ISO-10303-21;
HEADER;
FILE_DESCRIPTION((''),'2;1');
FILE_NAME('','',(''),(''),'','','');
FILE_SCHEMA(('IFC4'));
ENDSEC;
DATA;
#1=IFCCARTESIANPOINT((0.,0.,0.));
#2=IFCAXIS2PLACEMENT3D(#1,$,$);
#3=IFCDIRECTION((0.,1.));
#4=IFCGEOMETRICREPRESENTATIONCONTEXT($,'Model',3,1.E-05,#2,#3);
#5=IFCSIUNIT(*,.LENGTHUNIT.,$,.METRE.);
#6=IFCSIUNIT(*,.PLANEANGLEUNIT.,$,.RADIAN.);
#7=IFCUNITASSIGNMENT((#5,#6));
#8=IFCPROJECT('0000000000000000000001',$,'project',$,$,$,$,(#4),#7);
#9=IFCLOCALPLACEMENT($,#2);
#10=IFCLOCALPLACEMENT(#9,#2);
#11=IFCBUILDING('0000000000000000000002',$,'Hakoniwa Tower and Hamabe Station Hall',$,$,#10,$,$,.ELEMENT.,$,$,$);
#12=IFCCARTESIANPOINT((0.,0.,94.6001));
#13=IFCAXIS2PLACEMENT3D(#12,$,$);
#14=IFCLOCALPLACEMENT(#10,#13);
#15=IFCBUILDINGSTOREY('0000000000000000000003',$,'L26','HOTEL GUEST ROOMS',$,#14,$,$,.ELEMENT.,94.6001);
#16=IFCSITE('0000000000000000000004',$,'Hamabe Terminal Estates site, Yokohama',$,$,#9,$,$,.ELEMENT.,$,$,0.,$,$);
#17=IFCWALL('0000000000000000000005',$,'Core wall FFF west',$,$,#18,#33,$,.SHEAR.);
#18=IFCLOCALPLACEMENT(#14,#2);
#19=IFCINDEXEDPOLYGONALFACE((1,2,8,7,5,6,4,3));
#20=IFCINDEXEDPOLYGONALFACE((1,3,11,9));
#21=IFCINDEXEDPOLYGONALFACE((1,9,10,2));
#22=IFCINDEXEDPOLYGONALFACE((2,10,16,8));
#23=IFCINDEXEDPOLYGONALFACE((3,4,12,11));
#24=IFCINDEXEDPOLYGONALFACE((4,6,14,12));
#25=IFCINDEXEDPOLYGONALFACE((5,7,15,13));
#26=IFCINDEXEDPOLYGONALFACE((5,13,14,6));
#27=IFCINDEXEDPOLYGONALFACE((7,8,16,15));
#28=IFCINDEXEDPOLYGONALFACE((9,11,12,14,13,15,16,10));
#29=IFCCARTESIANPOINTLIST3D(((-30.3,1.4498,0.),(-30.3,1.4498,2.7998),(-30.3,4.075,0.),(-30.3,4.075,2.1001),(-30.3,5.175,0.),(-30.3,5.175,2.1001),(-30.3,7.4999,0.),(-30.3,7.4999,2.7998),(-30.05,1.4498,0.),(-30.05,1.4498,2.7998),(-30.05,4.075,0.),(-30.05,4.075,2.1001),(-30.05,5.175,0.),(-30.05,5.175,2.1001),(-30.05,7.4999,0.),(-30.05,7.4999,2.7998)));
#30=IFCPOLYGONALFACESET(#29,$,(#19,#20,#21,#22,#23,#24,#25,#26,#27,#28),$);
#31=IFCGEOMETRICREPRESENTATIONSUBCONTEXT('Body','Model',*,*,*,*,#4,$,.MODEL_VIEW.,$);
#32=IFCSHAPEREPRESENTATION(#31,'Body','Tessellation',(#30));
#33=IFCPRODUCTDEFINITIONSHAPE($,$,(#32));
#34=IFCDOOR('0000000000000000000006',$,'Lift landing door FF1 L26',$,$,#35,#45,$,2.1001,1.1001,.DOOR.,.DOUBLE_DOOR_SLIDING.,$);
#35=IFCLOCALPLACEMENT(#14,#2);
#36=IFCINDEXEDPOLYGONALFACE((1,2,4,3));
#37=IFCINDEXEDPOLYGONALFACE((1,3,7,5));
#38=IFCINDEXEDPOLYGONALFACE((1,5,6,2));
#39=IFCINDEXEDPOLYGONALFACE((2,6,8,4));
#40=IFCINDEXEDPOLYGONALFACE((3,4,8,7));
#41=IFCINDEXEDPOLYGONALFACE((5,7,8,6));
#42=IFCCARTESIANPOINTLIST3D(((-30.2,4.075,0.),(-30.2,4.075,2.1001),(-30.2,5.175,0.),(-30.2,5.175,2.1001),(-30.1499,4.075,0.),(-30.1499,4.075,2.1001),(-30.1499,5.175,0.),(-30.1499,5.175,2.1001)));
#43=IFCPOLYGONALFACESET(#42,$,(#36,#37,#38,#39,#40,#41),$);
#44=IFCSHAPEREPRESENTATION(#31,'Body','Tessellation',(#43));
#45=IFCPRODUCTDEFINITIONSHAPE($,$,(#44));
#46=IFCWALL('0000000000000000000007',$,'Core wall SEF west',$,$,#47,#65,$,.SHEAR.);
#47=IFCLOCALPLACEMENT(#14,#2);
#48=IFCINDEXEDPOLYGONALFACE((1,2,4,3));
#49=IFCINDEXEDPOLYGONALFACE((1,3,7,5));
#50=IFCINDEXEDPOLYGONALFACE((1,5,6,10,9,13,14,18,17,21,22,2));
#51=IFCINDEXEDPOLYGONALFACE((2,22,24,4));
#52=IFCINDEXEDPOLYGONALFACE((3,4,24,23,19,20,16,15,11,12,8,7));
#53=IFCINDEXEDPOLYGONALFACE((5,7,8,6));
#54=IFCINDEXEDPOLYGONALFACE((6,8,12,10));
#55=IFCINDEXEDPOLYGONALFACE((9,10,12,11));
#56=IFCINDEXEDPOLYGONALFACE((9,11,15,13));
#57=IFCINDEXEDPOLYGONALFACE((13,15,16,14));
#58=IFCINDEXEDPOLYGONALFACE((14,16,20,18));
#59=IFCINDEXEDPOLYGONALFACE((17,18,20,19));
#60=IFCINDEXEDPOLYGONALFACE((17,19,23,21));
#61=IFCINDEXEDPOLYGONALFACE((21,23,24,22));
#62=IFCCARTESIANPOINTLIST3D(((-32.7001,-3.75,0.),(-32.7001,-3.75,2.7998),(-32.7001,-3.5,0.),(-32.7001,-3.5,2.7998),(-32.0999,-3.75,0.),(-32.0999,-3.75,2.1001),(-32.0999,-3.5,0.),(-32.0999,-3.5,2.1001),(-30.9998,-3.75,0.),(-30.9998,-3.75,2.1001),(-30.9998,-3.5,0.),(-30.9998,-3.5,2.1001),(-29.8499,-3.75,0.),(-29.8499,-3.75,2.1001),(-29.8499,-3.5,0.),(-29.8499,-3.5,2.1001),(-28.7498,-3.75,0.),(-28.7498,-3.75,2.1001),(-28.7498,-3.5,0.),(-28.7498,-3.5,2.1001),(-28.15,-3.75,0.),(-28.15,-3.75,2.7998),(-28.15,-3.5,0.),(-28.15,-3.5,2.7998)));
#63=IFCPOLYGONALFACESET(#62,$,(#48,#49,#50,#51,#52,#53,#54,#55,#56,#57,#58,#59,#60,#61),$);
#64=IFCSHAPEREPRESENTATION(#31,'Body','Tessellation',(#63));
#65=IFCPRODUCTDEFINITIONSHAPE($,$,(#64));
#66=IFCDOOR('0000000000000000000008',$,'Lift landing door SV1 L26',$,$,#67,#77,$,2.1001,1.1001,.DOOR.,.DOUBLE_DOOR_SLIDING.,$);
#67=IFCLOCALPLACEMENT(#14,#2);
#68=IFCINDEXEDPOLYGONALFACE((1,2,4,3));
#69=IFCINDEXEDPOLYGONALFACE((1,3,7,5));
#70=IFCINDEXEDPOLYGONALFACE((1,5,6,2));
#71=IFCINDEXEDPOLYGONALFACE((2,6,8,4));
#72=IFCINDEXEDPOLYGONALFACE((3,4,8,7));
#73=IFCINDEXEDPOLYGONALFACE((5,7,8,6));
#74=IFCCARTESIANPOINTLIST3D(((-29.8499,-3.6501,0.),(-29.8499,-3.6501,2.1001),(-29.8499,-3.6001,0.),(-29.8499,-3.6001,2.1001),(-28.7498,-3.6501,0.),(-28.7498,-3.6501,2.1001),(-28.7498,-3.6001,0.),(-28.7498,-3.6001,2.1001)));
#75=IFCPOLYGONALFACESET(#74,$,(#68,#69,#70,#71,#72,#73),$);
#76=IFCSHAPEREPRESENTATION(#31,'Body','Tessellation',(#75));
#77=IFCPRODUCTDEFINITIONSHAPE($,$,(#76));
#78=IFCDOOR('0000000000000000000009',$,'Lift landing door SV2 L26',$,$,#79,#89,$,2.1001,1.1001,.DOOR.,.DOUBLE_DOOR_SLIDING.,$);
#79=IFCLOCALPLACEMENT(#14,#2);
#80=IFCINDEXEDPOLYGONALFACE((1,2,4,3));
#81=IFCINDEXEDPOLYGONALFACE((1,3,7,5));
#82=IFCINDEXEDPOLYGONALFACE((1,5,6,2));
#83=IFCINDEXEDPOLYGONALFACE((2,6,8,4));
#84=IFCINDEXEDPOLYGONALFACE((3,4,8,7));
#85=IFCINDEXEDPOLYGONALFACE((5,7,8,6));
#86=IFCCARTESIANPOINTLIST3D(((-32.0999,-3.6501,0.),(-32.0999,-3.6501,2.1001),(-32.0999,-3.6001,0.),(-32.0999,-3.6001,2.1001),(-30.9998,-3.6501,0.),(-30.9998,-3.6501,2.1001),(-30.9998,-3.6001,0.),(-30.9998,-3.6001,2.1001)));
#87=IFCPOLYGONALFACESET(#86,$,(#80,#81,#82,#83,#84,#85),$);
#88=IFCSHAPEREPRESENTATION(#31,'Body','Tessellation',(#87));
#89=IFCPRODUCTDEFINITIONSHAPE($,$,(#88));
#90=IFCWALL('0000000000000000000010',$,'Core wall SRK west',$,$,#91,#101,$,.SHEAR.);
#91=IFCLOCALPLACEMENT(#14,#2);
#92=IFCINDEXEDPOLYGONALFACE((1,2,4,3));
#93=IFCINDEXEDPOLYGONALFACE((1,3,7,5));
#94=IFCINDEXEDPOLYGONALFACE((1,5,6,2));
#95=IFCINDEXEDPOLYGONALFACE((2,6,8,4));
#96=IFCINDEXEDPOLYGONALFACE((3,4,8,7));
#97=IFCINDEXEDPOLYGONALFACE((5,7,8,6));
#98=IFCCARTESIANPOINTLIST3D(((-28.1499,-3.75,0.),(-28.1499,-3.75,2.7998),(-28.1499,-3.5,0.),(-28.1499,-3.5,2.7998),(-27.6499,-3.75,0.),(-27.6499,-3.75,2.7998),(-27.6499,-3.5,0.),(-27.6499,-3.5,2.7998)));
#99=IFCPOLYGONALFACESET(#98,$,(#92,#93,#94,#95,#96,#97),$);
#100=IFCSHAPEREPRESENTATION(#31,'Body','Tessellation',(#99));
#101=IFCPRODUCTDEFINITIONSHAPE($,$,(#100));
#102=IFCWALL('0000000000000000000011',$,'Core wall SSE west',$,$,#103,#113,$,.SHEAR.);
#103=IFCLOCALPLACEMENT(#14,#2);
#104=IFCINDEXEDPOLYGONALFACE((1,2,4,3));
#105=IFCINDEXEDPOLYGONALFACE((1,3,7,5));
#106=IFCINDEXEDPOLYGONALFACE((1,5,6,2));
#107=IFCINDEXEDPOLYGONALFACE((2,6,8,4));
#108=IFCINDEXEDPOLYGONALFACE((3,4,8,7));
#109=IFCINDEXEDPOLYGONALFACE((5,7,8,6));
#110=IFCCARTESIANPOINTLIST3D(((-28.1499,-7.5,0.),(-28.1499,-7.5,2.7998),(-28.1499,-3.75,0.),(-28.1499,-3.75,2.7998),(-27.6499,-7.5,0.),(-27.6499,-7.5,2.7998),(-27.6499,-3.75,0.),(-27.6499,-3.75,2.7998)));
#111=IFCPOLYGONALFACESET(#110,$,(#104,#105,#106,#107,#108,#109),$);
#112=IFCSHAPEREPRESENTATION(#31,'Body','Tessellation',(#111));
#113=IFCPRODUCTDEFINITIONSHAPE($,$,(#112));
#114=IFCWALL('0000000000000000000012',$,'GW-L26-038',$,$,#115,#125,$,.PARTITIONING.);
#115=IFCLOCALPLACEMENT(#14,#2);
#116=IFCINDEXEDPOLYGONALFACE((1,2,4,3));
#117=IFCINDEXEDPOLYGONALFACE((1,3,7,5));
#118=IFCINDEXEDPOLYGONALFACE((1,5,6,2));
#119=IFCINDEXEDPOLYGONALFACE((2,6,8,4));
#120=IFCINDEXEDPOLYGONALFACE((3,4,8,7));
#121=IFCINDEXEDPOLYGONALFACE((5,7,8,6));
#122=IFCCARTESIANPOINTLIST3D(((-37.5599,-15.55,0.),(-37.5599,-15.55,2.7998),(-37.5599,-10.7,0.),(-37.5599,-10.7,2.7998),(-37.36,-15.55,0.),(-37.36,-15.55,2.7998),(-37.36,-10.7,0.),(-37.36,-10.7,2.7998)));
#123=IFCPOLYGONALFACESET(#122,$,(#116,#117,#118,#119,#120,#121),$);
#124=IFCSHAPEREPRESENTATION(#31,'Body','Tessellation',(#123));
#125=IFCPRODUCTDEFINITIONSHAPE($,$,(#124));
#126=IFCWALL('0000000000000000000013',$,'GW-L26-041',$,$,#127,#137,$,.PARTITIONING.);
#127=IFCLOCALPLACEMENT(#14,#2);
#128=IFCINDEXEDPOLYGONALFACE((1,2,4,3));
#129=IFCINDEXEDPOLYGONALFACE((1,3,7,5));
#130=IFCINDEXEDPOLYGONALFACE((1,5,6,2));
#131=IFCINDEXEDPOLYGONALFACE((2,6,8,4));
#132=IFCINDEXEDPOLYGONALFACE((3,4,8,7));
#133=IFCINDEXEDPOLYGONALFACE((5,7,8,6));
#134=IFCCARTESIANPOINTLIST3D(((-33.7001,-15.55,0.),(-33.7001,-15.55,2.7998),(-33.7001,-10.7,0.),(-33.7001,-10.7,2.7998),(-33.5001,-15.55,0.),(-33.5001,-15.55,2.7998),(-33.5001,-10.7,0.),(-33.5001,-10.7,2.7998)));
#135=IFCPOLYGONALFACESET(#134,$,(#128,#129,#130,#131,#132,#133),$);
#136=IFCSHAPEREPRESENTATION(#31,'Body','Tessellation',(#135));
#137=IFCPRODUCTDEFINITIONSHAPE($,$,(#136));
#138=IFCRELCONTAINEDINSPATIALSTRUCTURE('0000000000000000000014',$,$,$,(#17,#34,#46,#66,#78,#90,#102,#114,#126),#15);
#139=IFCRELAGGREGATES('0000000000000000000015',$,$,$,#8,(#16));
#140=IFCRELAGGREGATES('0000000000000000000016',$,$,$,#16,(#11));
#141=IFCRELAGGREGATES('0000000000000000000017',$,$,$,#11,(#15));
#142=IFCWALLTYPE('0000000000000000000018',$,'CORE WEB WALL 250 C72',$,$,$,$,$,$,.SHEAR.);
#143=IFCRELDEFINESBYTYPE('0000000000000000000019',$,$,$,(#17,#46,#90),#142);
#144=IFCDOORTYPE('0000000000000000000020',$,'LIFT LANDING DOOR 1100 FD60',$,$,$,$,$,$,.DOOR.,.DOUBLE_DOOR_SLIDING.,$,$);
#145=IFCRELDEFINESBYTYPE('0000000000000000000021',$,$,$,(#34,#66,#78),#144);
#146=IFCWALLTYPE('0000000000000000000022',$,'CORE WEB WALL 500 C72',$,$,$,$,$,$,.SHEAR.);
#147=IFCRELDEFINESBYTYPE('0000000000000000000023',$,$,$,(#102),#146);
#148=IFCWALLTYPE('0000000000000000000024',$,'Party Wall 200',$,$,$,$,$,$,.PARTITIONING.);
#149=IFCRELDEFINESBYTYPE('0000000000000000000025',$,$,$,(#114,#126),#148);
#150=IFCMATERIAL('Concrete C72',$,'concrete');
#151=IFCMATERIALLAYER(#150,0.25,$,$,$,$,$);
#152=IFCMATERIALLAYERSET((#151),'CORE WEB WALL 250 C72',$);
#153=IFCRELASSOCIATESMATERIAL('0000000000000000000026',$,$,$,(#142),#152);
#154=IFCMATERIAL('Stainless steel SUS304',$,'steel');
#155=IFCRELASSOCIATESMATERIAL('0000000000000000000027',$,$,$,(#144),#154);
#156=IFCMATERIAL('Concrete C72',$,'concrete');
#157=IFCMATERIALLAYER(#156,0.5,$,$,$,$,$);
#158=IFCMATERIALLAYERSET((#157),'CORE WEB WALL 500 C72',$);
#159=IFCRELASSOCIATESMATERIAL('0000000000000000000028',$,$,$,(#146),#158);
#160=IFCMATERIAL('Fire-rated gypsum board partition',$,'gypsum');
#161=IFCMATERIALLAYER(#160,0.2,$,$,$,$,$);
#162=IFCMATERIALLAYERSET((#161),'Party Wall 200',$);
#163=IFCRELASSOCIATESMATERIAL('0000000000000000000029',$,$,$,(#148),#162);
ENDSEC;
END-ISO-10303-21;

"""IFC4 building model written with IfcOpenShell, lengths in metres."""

from ifc_helpers import new_model, si_unit, direction, frame, frame_2d, origin, place, context, subcontext, project, spatial, rectangle, extrude, material, layer, layer_set, type_object, element, fill, save


model = new_model("IFC4")

# Units and contexts
model_context = context("Model", 3, precision=1e-05, world=origin(), true_north=direction((0.0, 1.0)))
body_context = subcontext(model_context, "Body", "Model", "MODEL_VIEW")
ifc_project = project(units=[si_unit("LENGTHUNIT", "METRE"), si_unit("PLANEANGLEUNIT", "RADIAN")], contexts=[model_context])

# Site, building, storey
site_placement = place(None, origin())
site = spatial("IfcSite", under=ifc_project, at=site_placement, Name="Hamabe Terminal Estates site, Yokohama", CompositionType="ELEMENT", RefElevation=0.0)
building_placement = place(site_placement, origin())
building = spatial("IfcBuilding", under=site, at=building_placement, Name="Hakoniwa Tower and Hamabe Station Hall", CompositionType="ELEMENT")
storey_placement = place(building_placement, frame((0.0, 0.0, 94.6001)))
storey = spatial("IfcBuildingStorey", under=building, at=storey_placement, Name="L26", Description="HOTEL GUEST ROOMS", CompositionType="ELEMENT", Elevation=94.6001)

# Shared definitions
ifc_material_1 = material(Name="Concrete C72", Category="concrete")
ifc_layer_1 = layer(ifc_material_1, 0.25)
ifc_layer_set_1 = layer_set([ifc_layer_1], Name="CORE WEB WALL 250 C72")
wall_type_1 = type_object("IfcWallType", Name="CORE WEB WALL 250 C72", PredefinedType="SHEAR", material=ifc_layer_set_1)
ifc_material_2 = material(Name="Stainless steel SUS304", Category="steel")
door_type_1 = type_object("IfcDoorType", Name="LIFT LANDING DOOR 1100 FD60", OperationType="DOUBLE_DOOR_SLIDING", PredefinedType="DOOR", material=ifc_material_2)

# Wall, opening, door
wall_1_placement = place(storey_placement, frame((-30.175, 1.45, 0.0), z_axis=(0.0, 0.0, 1.0), x_axis=(0.0, 1.0, 0.0)))
wall_1 = element("IfcWall", 1, at=wall_1_placement, inside=storey, type_object=wall_type_1, Name="Core wall FFF west", PredefinedType="SHEAR", context=body_context, shape_type="SweptSolid", body=[
    extrude(rectangle(XDim=6.05, YDim=0.25, at=frame_2d((3.0249, 0.0))), origin(), (0.0, 0.0, 1.0), 2.7998),
])
opening_1_placement = place(wall_1_placement, frame((2.625, 0.0, 0.0)))
opening_1 = element("IfcOpeningElement", 2, at=opening_1_placement, cuts=wall_1, PredefinedType="OPENING", context=body_context, shape_type="SweptSolid", body=[
    extrude(rectangle(XDim=1.1001, YDim=2.1001, at=frame_2d((0.55, 1.05))), frame((0.0, 0.135, 0.0), z_axis=(0.0, -1.0, 0.0), x_axis=(1.0, 0.0, 0.0)), (0.0, 0.0, 1.0), 0.27),
])
door_1_placement = place(opening_1_placement, origin())
door_1 = element("IfcDoor", 3, at=door_1_placement, inside=storey, type_object=door_type_1, Name="Lift landing door FF1 L26", OperationType="DOUBLE_DOOR_SLIDING", OverallHeight=2.1001, OverallWidth=1.1001, PredefinedType="DOOR", context=body_context, shape_type="SweptSolid", body=[
    extrude(rectangle(XDim=1.1001, YDim=2.1001, at=frame_2d((0.55, 1.05))), frame((0.0, 0.0249, 0.0), z_axis=(0.0, -1.0, 0.0), x_axis=(1.0, 0.0, 0.0)), (0.0, 0.0, 1.0), 0.05),
])
fill(opening_1, door_1)

# Wall, openings, doors
wall_2_placement = place(storey_placement, frame((-32.7, -3.625, 0.0), z_axis=(0.0, 0.0, 1.0), x_axis=(1.0, 0.0, 0.0)))
wall_2 = element("IfcWall", 4, at=wall_2_placement, inside=storey, type_object=wall_type_1, Name="Core wall SEF west", PredefinedType="SHEAR", context=body_context, shape_type="SweptSolid", body=[
    extrude(rectangle(XDim=4.55, YDim=0.25, at=frame_2d((2.2749, 0.0))), origin(), (0.0, 0.0, 1.0), 2.7998),
])
opening_2_placement = place(wall_2_placement, frame((2.8501, 0.0, 0.0)))
opening_2 = element("IfcOpeningElement", 5, at=opening_2_placement, cuts=wall_2, PredefinedType="OPENING", context=body_context, shape_type="SweptSolid", body=[
    extrude(rectangle(XDim=1.1001, YDim=2.1001, at=frame_2d((0.55, 1.05))), frame((0.0, 0.135, 0.0), z_axis=(0.0, -1.0, 0.0), x_axis=(1.0, 0.0, 0.0)), (0.0, 0.0, 1.0), 0.27),
])
opening_3_placement = place(wall_2_placement, frame((0.6001, 0.0, 0.0)))
opening_3 = element("IfcOpeningElement", 6, at=opening_3_placement, cuts=wall_2, PredefinedType="OPENING", context=body_context, shape_type="SweptSolid", body=[
    extrude(rectangle(XDim=1.1001, YDim=2.1001, at=frame_2d((0.55, 1.05))), frame((0.0, 0.135, 0.0), z_axis=(0.0, -1.0, 0.0), x_axis=(1.0, 0.0, 0.0)), (0.0, 0.0, 1.0), 0.27),
])
door_2_placement = place(opening_2_placement, origin())
door_2 = element("IfcDoor", 7, at=door_2_placement, inside=storey, type_object=door_type_1, Name="Lift landing door SV1 L26", OperationType="DOUBLE_DOOR_SLIDING", OverallHeight=2.1001, OverallWidth=1.1001, PredefinedType="DOOR", context=body_context, shape_type="SweptSolid", body=[
    extrude(rectangle(XDim=1.1001, YDim=2.1001, at=frame_2d((0.55, 1.05))), frame((0.0, 0.0249, 0.0), z_axis=(0.0, -1.0, 0.0), x_axis=(1.0, 0.0, 0.0)), (0.0, 0.0, 1.0), 0.05),
])
fill(opening_2, door_2)
door_3_placement = place(opening_3_placement, origin())
door_3 = element("IfcDoor", 8, at=door_3_placement, inside=storey, type_object=door_type_1, Name="Lift landing door SV2 L26", OperationType="DOUBLE_DOOR_SLIDING", OverallHeight=2.1001, OverallWidth=1.1001, PredefinedType="DOOR", context=body_context, shape_type="SweptSolid", body=[
    extrude(rectangle(XDim=1.1001, YDim=2.1001, at=frame_2d((0.55, 1.05))), frame((0.0, 0.0249, 0.0), z_axis=(0.0, -1.0, 0.0), x_axis=(1.0, 0.0, 0.0)), (0.0, 0.0, 1.0), 0.05),
])
fill(opening_3, door_3)

# Walls
wall_3_placement = place(storey_placement, frame((-28.1499, -3.625, 0.0), z_axis=(0.0, 0.0, 1.0), x_axis=(1.0, 0.0, 0.0)))
element("IfcWall", 9, at=wall_3_placement, inside=storey, type_object=wall_type_1, Name="Core wall SRK west", PredefinedType="SHEAR", context=body_context, shape_type="SweptSolid", body=[
    extrude(rectangle(XDim=0.5, YDim=0.25, at=frame_2d((0.25, 0.0))), origin(), (0.0, 0.0, 1.0), 2.7998),
])
ifc_material_3 = material(Name="Concrete C72", Category="concrete")
ifc_layer_2 = layer(ifc_material_3, 0.5)
ifc_layer_set_2 = layer_set([ifc_layer_2], Name="CORE WEB WALL 500 C72")
wall_type_2 = type_object("IfcWallType", Name="CORE WEB WALL 500 C72", PredefinedType="SHEAR", material=ifc_layer_set_2)
wall_4_placement = place(storey_placement, frame((-27.8999, -7.5, 0.0), z_axis=(0.0, 0.0, 1.0), x_axis=(0.0, 1.0, 0.0)))
element("IfcWall", 10, at=wall_4_placement, inside=storey, type_object=wall_type_2, Name="Core wall SSE west", PredefinedType="SHEAR", context=body_context, shape_type="SweptSolid", body=[
    extrude(rectangle(XDim=3.75, YDim=0.5, at=frame_2d((1.875, 0.0))), origin(), (0.0, 0.0, 1.0), 2.7998),
])
ifc_material_4 = material(Name="Fire-rated gypsum board partition", Category="gypsum")
ifc_layer_3 = layer(ifc_material_4, 0.2)
ifc_layer_set_3 = layer_set([ifc_layer_3], Name="Party Wall 200")
wall_type_3 = type_object("IfcWallType", Name="Party Wall 200", PredefinedType="PARTITIONING", material=ifc_layer_set_3)
for number, where, z_axis, x_axis, name in (
    (11, (-37.46, -15.55, 0.0), (0.0, 0.0, 1.0), (0.0, 1.0, 0.0), "GW-L26-038"),
    (12, (-33.6001, -15.55, 0.0), (0.0, 0.0, 1.0), (0.0, 1.0, 0.0), "GW-L26-041"),
):
    element("IfcWall", number, at=place(storey_placement, frame(where, z_axis=z_axis, x_axis=x_axis)), inside=storey, type_object=wall_type_3, Name=name, PredefinedType="PARTITIONING", context=body_context, shape_type="SweptSolid", body=[
        extrude(rectangle(XDim=4.8501, YDim=0.2, at=frame_2d((2.425, 0.0))), origin(), (0.0, 0.0, 1.0), 2.7998),
    ])

save(model, "model.ifc")
